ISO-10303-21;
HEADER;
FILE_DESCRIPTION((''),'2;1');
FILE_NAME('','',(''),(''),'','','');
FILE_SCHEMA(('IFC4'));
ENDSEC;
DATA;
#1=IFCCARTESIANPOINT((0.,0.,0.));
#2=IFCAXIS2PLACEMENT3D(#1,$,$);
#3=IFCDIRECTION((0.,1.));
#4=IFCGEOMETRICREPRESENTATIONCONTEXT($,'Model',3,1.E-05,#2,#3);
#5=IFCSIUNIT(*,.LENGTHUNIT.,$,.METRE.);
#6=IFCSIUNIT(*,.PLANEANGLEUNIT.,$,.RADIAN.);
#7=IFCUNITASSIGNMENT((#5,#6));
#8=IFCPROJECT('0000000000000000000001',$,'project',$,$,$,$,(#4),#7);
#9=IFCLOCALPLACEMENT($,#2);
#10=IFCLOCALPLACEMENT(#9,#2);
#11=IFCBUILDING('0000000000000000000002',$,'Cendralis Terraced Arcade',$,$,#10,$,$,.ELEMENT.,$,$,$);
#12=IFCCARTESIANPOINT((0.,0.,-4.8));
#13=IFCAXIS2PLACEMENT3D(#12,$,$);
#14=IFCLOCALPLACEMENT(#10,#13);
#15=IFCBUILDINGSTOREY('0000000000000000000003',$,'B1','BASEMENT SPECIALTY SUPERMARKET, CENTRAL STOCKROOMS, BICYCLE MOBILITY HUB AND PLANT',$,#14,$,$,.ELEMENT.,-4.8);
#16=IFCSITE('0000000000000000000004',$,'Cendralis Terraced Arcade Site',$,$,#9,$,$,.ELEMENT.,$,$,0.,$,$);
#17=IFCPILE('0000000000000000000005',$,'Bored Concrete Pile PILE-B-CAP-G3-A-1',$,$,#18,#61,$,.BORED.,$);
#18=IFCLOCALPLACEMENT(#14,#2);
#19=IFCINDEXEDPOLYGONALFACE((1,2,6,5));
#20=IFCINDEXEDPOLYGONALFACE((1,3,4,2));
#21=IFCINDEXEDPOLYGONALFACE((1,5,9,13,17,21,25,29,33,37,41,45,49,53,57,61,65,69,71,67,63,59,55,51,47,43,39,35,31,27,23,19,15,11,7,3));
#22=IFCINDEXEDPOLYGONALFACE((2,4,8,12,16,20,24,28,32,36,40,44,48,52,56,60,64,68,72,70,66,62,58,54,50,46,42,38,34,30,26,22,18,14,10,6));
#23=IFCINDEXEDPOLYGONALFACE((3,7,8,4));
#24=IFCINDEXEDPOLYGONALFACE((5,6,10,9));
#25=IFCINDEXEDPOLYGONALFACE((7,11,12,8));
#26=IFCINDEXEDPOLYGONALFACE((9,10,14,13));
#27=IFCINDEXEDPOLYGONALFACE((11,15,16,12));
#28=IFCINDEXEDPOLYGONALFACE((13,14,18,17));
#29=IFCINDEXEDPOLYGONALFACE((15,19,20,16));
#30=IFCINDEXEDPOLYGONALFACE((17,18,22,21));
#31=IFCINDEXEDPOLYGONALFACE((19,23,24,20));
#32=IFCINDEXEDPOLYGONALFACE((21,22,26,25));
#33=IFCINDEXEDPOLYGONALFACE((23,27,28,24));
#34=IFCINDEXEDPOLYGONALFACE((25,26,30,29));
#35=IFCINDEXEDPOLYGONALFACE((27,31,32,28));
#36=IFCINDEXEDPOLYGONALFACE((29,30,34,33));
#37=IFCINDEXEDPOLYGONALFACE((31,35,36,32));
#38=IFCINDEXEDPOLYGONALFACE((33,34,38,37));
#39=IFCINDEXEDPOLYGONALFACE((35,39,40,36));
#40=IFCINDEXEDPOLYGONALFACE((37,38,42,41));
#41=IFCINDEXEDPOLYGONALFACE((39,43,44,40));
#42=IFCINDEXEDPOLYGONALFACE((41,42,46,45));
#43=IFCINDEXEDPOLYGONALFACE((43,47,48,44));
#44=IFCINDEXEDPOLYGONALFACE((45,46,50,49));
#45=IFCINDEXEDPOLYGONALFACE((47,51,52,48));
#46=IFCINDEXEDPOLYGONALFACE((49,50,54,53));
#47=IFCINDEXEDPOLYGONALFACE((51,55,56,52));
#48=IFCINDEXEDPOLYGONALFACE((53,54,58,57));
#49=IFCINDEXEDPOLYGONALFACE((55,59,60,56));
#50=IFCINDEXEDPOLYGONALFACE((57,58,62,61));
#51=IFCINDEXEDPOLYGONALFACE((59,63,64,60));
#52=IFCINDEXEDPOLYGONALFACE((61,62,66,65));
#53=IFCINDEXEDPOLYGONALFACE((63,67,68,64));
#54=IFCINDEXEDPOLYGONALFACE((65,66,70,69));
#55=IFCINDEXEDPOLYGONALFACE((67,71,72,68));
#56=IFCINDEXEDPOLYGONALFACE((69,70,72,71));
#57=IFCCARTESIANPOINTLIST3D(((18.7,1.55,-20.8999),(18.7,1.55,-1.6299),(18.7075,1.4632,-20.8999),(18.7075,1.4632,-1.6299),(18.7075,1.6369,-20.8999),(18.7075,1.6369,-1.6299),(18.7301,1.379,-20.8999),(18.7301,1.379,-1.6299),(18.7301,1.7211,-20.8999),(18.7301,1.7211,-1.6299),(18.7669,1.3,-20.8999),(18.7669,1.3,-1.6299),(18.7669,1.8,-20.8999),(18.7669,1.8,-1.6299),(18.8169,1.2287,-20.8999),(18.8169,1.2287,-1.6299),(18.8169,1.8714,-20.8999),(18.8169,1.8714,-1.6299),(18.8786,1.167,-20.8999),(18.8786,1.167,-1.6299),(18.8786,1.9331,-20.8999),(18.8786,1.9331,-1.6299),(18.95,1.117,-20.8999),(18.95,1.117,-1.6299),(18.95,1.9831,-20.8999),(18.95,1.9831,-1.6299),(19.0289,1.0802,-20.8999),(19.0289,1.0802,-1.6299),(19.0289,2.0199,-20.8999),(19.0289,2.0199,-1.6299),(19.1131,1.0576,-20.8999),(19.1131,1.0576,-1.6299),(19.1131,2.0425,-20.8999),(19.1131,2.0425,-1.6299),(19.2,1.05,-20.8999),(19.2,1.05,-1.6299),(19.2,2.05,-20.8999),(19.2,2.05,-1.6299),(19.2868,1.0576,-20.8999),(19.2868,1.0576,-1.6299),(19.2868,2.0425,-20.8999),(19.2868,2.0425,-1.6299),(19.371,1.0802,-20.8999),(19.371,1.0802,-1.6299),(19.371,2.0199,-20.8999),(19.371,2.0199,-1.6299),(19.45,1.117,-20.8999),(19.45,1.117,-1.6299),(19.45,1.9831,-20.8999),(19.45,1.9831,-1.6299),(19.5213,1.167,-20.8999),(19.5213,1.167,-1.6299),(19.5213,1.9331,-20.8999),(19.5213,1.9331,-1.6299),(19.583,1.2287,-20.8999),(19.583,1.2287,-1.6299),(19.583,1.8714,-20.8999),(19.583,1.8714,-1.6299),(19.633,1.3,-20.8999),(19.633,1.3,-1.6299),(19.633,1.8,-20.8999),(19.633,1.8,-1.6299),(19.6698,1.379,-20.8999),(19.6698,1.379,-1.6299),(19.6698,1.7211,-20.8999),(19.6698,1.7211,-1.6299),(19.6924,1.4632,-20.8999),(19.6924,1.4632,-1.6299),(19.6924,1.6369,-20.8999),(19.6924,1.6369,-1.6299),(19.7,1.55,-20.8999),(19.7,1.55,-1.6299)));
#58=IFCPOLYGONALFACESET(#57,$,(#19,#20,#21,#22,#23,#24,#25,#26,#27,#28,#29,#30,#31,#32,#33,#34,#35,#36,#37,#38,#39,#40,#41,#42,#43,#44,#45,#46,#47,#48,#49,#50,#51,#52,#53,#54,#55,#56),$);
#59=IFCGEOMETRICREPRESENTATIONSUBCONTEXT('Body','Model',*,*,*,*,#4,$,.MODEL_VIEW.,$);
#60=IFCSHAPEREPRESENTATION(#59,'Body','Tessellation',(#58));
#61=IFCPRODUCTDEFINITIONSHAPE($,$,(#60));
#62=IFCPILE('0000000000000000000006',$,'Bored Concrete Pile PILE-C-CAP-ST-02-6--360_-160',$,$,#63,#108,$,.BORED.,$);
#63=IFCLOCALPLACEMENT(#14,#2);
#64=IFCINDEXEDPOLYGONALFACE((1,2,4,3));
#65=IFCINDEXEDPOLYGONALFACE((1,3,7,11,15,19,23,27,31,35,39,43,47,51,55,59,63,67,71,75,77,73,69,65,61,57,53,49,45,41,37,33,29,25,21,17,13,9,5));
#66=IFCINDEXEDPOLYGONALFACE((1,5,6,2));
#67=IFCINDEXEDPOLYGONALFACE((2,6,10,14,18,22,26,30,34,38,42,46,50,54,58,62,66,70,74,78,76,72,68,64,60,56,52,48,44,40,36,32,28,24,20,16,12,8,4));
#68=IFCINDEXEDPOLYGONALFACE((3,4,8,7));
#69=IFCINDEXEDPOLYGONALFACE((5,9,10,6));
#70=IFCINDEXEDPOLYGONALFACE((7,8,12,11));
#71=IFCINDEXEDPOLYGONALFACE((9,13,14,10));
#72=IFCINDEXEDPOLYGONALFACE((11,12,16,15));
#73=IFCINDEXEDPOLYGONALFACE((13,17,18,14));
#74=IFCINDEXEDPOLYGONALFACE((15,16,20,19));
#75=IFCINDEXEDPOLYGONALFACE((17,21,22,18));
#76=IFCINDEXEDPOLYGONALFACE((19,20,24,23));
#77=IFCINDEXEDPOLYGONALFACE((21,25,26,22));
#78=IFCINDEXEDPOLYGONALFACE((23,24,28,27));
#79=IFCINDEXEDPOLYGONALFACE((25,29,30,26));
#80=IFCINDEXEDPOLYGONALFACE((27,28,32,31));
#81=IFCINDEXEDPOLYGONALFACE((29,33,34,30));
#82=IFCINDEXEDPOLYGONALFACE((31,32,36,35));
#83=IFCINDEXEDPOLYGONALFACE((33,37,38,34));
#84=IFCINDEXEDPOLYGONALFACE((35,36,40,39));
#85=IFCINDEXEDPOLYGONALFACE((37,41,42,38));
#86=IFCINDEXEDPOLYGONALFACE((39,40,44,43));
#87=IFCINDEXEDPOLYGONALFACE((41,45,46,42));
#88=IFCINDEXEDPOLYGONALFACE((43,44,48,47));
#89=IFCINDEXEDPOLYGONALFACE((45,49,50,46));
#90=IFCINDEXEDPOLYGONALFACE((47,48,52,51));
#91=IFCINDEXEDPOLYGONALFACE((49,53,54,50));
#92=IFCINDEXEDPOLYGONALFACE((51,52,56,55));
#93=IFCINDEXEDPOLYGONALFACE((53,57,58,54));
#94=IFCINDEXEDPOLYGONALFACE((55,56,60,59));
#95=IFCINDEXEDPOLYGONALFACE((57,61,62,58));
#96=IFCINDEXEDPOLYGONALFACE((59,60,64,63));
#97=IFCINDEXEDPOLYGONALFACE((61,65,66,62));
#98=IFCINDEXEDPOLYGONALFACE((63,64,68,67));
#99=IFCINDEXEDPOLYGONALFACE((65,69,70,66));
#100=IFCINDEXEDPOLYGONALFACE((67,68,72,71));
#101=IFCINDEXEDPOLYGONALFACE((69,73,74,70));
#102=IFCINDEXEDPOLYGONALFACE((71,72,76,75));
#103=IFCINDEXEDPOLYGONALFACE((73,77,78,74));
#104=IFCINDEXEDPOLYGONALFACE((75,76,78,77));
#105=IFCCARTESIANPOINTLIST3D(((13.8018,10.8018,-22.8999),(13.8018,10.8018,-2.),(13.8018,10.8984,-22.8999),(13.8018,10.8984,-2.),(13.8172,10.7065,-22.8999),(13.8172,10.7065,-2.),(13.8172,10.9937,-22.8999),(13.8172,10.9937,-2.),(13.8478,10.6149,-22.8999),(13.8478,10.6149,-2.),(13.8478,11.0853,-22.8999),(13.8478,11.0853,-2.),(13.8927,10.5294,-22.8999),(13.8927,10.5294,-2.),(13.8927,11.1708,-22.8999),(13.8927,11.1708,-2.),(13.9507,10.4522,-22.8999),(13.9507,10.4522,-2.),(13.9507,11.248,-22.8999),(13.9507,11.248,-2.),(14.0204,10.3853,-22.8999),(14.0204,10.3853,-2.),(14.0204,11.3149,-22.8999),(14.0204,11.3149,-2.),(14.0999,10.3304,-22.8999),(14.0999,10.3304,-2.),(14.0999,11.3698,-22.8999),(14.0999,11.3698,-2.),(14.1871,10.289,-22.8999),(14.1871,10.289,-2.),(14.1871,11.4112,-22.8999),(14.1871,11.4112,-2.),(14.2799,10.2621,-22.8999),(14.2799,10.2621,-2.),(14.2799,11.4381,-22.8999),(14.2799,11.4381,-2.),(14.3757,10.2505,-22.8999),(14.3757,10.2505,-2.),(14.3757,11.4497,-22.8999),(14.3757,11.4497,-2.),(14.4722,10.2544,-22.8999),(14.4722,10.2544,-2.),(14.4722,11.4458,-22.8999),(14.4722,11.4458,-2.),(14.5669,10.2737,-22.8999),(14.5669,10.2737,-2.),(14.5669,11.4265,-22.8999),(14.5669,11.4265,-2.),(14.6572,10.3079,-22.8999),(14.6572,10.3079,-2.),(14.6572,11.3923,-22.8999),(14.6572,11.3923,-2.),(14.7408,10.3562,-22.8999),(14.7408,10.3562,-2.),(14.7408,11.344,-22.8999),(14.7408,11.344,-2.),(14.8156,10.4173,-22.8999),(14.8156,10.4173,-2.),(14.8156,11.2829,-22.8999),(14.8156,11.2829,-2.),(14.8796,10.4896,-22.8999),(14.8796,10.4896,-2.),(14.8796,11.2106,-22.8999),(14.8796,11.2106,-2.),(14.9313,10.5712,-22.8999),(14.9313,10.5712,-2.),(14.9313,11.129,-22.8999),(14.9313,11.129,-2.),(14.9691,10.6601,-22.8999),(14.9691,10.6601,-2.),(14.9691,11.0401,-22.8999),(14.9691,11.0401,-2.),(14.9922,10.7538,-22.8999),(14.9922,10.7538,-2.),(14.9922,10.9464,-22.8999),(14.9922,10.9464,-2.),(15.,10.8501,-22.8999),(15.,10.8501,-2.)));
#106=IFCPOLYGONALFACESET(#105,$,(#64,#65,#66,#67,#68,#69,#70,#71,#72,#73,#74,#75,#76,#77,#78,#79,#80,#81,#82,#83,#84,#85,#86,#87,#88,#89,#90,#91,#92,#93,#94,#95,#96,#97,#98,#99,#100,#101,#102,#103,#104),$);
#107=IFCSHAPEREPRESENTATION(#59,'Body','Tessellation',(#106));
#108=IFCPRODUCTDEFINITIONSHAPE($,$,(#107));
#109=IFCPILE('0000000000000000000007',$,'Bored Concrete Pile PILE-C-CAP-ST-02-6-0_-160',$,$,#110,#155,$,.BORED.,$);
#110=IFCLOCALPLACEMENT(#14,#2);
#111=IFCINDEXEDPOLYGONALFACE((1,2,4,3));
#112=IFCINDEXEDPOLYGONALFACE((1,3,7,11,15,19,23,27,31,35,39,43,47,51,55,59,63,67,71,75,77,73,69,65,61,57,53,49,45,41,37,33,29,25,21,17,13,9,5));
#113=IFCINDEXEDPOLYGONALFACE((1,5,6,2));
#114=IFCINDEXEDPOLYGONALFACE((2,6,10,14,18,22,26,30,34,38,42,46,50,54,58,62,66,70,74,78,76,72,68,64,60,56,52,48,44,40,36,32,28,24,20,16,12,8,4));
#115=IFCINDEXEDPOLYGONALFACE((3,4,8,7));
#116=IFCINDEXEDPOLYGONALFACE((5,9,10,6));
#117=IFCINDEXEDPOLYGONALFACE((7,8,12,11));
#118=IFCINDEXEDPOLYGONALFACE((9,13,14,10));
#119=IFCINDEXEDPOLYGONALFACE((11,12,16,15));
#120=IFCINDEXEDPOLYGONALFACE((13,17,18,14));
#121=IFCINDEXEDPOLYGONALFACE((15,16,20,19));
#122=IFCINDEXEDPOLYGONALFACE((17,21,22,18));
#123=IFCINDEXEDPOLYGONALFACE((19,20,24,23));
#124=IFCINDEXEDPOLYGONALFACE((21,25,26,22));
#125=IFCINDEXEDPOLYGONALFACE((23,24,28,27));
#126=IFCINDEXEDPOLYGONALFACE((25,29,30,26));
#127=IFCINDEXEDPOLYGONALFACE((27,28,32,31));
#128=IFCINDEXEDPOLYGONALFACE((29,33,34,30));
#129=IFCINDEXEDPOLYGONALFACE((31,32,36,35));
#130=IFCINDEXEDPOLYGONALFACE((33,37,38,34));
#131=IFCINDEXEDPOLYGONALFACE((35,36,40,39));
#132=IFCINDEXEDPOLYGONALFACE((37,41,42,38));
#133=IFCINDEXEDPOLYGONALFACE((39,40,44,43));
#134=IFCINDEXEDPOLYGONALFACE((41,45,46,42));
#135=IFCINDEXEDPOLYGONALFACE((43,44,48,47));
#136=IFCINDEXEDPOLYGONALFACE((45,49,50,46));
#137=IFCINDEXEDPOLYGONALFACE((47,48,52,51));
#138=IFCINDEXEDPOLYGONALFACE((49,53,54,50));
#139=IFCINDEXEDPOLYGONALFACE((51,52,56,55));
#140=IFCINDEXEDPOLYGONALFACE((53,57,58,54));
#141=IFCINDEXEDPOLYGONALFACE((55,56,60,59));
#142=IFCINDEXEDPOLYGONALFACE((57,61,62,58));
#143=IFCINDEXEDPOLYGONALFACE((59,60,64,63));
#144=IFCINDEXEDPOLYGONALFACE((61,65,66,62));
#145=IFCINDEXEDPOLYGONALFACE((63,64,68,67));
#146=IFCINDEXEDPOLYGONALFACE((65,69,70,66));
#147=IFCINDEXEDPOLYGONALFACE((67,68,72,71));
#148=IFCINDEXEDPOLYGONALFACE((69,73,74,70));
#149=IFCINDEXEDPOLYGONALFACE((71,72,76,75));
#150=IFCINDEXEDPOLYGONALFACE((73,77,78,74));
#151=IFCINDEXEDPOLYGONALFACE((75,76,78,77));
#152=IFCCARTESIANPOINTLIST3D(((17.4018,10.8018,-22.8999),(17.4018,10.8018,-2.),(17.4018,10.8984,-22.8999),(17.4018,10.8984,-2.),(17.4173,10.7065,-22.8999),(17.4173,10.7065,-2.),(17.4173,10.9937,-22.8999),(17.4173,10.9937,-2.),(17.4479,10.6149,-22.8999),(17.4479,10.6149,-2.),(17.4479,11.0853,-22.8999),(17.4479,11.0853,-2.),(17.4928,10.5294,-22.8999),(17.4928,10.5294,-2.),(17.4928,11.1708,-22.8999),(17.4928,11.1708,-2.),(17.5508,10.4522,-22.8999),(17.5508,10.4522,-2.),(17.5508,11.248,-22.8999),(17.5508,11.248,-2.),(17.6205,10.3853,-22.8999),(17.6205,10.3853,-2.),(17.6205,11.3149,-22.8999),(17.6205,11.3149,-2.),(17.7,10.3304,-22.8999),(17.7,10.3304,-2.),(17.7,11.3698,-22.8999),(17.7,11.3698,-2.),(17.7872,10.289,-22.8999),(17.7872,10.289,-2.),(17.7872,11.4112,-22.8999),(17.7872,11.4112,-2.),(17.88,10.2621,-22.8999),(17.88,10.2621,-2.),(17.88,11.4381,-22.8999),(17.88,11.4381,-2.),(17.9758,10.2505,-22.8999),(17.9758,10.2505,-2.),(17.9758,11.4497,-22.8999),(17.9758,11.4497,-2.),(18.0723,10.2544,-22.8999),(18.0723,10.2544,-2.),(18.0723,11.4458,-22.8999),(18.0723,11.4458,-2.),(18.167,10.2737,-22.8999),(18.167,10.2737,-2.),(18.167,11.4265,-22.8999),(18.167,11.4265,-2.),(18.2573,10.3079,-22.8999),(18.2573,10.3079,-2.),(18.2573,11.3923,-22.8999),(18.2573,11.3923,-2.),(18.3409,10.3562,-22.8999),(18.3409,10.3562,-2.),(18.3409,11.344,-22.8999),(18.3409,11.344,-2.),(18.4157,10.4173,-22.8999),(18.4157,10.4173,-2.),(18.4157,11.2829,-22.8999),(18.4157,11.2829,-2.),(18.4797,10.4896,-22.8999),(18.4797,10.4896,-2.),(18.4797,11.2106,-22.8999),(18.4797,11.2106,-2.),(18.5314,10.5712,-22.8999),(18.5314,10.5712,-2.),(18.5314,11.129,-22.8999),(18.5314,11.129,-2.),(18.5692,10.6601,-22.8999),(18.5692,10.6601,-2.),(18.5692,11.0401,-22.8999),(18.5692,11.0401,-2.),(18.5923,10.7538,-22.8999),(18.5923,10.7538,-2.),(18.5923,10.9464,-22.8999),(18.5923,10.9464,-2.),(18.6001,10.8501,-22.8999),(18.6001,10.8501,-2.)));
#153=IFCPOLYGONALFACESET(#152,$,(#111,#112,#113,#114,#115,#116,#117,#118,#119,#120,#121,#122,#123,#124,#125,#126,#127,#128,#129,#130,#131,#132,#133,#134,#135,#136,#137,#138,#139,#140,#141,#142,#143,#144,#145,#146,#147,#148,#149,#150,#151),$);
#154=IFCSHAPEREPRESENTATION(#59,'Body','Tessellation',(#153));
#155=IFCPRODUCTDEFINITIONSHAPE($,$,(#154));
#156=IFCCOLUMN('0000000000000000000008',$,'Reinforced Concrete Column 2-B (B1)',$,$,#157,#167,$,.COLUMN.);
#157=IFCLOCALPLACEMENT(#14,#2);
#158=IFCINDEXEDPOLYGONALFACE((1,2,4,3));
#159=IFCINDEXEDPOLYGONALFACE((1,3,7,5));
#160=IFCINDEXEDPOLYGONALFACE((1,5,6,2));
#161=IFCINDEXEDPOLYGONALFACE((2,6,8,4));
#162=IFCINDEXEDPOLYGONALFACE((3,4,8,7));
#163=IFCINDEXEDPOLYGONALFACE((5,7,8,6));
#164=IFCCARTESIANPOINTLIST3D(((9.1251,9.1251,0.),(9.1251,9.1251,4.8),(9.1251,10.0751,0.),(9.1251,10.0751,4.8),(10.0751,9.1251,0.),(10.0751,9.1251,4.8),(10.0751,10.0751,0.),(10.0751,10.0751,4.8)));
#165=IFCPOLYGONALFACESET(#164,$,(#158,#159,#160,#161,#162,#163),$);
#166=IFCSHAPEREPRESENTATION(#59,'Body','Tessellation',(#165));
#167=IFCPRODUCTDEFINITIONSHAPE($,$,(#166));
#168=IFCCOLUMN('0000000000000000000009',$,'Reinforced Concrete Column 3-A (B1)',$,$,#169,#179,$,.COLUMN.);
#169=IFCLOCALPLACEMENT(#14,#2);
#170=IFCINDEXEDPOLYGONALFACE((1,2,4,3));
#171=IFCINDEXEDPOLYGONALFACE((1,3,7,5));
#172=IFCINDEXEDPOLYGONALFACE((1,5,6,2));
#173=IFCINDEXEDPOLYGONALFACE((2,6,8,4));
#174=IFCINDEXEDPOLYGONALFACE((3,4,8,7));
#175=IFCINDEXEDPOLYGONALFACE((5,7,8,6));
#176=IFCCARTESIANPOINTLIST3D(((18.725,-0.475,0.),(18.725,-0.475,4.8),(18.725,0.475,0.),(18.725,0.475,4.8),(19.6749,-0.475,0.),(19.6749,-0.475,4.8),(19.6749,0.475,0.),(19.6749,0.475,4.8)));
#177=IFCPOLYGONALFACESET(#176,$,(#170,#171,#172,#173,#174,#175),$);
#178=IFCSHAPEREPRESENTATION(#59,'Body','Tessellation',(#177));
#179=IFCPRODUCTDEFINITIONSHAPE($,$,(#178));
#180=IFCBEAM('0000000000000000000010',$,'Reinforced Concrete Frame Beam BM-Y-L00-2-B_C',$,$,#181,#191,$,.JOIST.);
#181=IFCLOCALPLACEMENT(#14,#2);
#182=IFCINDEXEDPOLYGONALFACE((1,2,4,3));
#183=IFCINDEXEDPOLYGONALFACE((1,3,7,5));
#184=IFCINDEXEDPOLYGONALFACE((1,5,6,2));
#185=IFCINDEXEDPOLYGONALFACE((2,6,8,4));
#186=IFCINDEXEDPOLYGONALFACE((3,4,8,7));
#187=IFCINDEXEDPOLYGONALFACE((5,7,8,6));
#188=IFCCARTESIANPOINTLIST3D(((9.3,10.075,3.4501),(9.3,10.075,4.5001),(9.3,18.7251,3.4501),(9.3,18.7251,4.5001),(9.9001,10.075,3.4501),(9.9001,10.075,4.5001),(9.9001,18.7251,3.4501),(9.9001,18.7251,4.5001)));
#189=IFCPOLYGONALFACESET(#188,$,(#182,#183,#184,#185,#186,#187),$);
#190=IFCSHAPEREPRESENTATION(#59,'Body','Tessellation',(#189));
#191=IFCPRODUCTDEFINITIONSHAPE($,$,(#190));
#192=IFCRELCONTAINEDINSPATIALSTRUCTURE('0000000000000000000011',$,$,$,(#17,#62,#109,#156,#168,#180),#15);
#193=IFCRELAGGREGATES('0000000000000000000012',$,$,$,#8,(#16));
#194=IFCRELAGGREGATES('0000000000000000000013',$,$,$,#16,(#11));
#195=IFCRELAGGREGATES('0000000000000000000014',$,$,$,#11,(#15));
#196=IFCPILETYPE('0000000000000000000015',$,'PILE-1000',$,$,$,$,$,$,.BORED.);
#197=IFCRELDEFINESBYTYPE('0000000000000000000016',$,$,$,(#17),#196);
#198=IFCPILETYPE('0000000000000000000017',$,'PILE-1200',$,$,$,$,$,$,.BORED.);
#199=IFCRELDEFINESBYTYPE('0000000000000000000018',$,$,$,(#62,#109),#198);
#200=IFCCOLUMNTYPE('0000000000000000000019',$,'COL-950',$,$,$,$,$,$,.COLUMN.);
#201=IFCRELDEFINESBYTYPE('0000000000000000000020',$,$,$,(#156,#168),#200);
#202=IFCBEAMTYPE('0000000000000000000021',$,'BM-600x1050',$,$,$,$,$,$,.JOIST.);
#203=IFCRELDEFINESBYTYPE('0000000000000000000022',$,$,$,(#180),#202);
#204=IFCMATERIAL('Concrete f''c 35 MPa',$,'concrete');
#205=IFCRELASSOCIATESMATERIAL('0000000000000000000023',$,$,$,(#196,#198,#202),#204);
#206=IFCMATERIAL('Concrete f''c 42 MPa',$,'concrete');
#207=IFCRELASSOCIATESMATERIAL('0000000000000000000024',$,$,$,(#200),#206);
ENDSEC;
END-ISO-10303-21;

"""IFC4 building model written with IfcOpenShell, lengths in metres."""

from ifc_helpers import new_model, si_unit, direction, frame, origin, origin_2d, place, context, subcontext, project, spatial, rectangle, circle, extrude, material, material_profile, profile_set, type_object, element, save


model = new_model("IFC4")

# Units and contexts
model_context = context("Model", 3, precision=1e-05, world=origin(), true_north=direction((0.0, 1.0)))
body_context = subcontext(model_context, "Body", "Model", "MODEL_VIEW")
ifc_project = project(units=[si_unit("LENGTHUNIT", "METRE"), si_unit("PLANEANGLEUNIT", "RADIAN")], contexts=[model_context])

# Site, building, storey
site_placement = place(None, origin())
site = spatial("IfcSite", under=ifc_project, at=site_placement, Name="Cendralis Terraced Arcade Site", CompositionType="ELEMENT", RefElevation=0.0)
building_placement = place(site_placement, origin())
building = spatial("IfcBuilding", under=site, at=building_placement, Name="Cendralis Terraced Arcade", CompositionType="ELEMENT")
storey_placement = place(building_placement, frame((0.0, 0.0, -4.8)))
storey = spatial("IfcBuildingStorey", under=building, at=storey_placement, Name="B1", Description="BASEMENT SPECIALTY SUPERMARKET, CENTRAL STOCKROOMS, BICYCLE MOBILITY HUB AND PLANT", CompositionType="ELEMENT", Elevation=-4.8)

# Shared definitions
ifc_material_1 = material(Name="Concrete f'c 35 MPa", Category="concrete")

# Piles
ifc_material_profile_1 = material_profile(ifc_material_1, circle(Radius=0.5, at=origin_2d()), Name="PILE-D1000", Category="LoadBearing")
ifc_profile_set_1 = profile_set([ifc_material_profile_1], Name="Concrete f'c 35 MPa")
pile_type_1 = type_object("IfcPileType", Name="PILE-1000", PredefinedType="BORED", material=ifc_profile_set_1)
for number, where, z_axis, x_axis, name in (
    (1, (19.2, 1.55, -1.6299), (0.0, 0.0, -1.0), (1.0, 0.0, 0.0), "Bored Concrete Pile PILE-B-CAP-G3-A-1"),
):
    element("IfcPile", number, at=place(storey_placement, frame(where, z_axis=z_axis, x_axis=x_axis)), inside=storey, type_object=pile_type_1, Name=name, PredefinedType="BORED", context=body_context, shape_type="SweptSolid", body=[
        extrude(circle(Radius=0.5, at=origin_2d()), origin(), (0.0, 0.0, 1.0), 19.27),
    ])
ifc_material_profile_2 = material_profile(ifc_material_1, circle(Radius=0.6001, at=origin_2d()), Name="PILE-D1200", Category="LoadBearing")
ifc_profile_set_2 = profile_set([ifc_material_profile_2], Name="Concrete f'c 35 MPa")
pile_type_2 = type_object("IfcPileType", Name="PILE-1200", PredefinedType="BORED", material=ifc_profile_set_2)
for number, where, z_axis, x_axis, name in (
    (2, (14.3999, 10.8501, -2.0), (0.0, 0.0, -1.0), (1.0, 0.0, 0.0), "Bored Concrete Pile PILE-C-CAP-ST-02-6--360_-160"),
    (3, (18.0, 10.8501, -2.0), (0.0, 0.0, -1.0), (1.0, 0.0, 0.0), "Bored Concrete Pile PILE-C-CAP-ST-02-6-0_-160"),
):
    element("IfcPile", number, at=place(storey_placement, frame(where, z_axis=z_axis, x_axis=x_axis)), inside=storey, type_object=pile_type_2, Name=name, PredefinedType="BORED", context=body_context, shape_type="SweptSolid", body=[
        extrude(circle(Radius=0.6001, at=origin_2d()), origin(), (0.0, 0.0, 1.0), 20.8999),
    ])

# Columns
ifc_material_2 = material(Name="Concrete f'c 42 MPa", Category="concrete")
ifc_material_profile_3 = material_profile(ifc_material_2, rectangle(XDim=0.95, YDim=0.95, at=origin_2d()), Name="RC-COL-950x950", Category="LoadBearing")
ifc_profile_set_3 = profile_set([ifc_material_profile_3], Name="Concrete f'c 42 MPa")
column_type = type_object("IfcColumnType", Name="COL-950", PredefinedType="COLUMN", material=ifc_profile_set_3)
for number, where, z_axis, x_axis, name in (
    (4, (9.6001, 9.6001, 0.0), (0.0, 0.0, 1.0), (1.0, 0.0, 0.0), "Reinforced Concrete Column 2-B (B1)"),
    (5, (19.2, 0.0, 0.0), (0.0, 0.0, 1.0), (1.0, 0.0, 0.0), "Reinforced Concrete Column 3-A (B1)"),
):
    element("IfcColumn", number, at=place(storey_placement, frame(where, z_axis=z_axis, x_axis=x_axis)), inside=storey, type_object=column_type, Name=name, PredefinedType="COLUMN", context=body_context, shape_type="SweptSolid", body=[
        extrude(rectangle(XDim=0.95, YDim=0.95, at=origin_2d()), origin(), (0.0, 0.0, 1.0), 4.8),
    ])

# Beam
ifc_material_profile_4 = material_profile(ifc_material_1, rectangle(XDim=0.6001, YDim=1.05, at=origin_2d()), Name="RC-BM-600x1050", Category="LoadBearing")
ifc_profile_set_4 = profile_set([ifc_material_profile_4], Name="Concrete f'c 35 MPa")
beam_type = type_object("IfcBeamType", Name="BM-600x1050", PredefinedType="JOIST", material=ifc_profile_set_4)
beam_placement = place(storey_placement, frame((9.6001, 10.075, 3.9751), z_axis=(0.0, 1.0, 0.0), x_axis=(-1.0, 0.0, 0.0)))
element("IfcBeam", 6, at=beam_placement, inside=storey, type_object=beam_type, Name="Reinforced Concrete Frame Beam BM-Y-L00-2-B_C", PredefinedType="JOIST", context=body_context, shape_type="SweptSolid", body=[
    extrude(rectangle(XDim=0.6001, YDim=1.05, at=origin_2d()), origin(), (0.0, 0.0, 1.0), 8.6501),
])

save(model, "model.ifc")
